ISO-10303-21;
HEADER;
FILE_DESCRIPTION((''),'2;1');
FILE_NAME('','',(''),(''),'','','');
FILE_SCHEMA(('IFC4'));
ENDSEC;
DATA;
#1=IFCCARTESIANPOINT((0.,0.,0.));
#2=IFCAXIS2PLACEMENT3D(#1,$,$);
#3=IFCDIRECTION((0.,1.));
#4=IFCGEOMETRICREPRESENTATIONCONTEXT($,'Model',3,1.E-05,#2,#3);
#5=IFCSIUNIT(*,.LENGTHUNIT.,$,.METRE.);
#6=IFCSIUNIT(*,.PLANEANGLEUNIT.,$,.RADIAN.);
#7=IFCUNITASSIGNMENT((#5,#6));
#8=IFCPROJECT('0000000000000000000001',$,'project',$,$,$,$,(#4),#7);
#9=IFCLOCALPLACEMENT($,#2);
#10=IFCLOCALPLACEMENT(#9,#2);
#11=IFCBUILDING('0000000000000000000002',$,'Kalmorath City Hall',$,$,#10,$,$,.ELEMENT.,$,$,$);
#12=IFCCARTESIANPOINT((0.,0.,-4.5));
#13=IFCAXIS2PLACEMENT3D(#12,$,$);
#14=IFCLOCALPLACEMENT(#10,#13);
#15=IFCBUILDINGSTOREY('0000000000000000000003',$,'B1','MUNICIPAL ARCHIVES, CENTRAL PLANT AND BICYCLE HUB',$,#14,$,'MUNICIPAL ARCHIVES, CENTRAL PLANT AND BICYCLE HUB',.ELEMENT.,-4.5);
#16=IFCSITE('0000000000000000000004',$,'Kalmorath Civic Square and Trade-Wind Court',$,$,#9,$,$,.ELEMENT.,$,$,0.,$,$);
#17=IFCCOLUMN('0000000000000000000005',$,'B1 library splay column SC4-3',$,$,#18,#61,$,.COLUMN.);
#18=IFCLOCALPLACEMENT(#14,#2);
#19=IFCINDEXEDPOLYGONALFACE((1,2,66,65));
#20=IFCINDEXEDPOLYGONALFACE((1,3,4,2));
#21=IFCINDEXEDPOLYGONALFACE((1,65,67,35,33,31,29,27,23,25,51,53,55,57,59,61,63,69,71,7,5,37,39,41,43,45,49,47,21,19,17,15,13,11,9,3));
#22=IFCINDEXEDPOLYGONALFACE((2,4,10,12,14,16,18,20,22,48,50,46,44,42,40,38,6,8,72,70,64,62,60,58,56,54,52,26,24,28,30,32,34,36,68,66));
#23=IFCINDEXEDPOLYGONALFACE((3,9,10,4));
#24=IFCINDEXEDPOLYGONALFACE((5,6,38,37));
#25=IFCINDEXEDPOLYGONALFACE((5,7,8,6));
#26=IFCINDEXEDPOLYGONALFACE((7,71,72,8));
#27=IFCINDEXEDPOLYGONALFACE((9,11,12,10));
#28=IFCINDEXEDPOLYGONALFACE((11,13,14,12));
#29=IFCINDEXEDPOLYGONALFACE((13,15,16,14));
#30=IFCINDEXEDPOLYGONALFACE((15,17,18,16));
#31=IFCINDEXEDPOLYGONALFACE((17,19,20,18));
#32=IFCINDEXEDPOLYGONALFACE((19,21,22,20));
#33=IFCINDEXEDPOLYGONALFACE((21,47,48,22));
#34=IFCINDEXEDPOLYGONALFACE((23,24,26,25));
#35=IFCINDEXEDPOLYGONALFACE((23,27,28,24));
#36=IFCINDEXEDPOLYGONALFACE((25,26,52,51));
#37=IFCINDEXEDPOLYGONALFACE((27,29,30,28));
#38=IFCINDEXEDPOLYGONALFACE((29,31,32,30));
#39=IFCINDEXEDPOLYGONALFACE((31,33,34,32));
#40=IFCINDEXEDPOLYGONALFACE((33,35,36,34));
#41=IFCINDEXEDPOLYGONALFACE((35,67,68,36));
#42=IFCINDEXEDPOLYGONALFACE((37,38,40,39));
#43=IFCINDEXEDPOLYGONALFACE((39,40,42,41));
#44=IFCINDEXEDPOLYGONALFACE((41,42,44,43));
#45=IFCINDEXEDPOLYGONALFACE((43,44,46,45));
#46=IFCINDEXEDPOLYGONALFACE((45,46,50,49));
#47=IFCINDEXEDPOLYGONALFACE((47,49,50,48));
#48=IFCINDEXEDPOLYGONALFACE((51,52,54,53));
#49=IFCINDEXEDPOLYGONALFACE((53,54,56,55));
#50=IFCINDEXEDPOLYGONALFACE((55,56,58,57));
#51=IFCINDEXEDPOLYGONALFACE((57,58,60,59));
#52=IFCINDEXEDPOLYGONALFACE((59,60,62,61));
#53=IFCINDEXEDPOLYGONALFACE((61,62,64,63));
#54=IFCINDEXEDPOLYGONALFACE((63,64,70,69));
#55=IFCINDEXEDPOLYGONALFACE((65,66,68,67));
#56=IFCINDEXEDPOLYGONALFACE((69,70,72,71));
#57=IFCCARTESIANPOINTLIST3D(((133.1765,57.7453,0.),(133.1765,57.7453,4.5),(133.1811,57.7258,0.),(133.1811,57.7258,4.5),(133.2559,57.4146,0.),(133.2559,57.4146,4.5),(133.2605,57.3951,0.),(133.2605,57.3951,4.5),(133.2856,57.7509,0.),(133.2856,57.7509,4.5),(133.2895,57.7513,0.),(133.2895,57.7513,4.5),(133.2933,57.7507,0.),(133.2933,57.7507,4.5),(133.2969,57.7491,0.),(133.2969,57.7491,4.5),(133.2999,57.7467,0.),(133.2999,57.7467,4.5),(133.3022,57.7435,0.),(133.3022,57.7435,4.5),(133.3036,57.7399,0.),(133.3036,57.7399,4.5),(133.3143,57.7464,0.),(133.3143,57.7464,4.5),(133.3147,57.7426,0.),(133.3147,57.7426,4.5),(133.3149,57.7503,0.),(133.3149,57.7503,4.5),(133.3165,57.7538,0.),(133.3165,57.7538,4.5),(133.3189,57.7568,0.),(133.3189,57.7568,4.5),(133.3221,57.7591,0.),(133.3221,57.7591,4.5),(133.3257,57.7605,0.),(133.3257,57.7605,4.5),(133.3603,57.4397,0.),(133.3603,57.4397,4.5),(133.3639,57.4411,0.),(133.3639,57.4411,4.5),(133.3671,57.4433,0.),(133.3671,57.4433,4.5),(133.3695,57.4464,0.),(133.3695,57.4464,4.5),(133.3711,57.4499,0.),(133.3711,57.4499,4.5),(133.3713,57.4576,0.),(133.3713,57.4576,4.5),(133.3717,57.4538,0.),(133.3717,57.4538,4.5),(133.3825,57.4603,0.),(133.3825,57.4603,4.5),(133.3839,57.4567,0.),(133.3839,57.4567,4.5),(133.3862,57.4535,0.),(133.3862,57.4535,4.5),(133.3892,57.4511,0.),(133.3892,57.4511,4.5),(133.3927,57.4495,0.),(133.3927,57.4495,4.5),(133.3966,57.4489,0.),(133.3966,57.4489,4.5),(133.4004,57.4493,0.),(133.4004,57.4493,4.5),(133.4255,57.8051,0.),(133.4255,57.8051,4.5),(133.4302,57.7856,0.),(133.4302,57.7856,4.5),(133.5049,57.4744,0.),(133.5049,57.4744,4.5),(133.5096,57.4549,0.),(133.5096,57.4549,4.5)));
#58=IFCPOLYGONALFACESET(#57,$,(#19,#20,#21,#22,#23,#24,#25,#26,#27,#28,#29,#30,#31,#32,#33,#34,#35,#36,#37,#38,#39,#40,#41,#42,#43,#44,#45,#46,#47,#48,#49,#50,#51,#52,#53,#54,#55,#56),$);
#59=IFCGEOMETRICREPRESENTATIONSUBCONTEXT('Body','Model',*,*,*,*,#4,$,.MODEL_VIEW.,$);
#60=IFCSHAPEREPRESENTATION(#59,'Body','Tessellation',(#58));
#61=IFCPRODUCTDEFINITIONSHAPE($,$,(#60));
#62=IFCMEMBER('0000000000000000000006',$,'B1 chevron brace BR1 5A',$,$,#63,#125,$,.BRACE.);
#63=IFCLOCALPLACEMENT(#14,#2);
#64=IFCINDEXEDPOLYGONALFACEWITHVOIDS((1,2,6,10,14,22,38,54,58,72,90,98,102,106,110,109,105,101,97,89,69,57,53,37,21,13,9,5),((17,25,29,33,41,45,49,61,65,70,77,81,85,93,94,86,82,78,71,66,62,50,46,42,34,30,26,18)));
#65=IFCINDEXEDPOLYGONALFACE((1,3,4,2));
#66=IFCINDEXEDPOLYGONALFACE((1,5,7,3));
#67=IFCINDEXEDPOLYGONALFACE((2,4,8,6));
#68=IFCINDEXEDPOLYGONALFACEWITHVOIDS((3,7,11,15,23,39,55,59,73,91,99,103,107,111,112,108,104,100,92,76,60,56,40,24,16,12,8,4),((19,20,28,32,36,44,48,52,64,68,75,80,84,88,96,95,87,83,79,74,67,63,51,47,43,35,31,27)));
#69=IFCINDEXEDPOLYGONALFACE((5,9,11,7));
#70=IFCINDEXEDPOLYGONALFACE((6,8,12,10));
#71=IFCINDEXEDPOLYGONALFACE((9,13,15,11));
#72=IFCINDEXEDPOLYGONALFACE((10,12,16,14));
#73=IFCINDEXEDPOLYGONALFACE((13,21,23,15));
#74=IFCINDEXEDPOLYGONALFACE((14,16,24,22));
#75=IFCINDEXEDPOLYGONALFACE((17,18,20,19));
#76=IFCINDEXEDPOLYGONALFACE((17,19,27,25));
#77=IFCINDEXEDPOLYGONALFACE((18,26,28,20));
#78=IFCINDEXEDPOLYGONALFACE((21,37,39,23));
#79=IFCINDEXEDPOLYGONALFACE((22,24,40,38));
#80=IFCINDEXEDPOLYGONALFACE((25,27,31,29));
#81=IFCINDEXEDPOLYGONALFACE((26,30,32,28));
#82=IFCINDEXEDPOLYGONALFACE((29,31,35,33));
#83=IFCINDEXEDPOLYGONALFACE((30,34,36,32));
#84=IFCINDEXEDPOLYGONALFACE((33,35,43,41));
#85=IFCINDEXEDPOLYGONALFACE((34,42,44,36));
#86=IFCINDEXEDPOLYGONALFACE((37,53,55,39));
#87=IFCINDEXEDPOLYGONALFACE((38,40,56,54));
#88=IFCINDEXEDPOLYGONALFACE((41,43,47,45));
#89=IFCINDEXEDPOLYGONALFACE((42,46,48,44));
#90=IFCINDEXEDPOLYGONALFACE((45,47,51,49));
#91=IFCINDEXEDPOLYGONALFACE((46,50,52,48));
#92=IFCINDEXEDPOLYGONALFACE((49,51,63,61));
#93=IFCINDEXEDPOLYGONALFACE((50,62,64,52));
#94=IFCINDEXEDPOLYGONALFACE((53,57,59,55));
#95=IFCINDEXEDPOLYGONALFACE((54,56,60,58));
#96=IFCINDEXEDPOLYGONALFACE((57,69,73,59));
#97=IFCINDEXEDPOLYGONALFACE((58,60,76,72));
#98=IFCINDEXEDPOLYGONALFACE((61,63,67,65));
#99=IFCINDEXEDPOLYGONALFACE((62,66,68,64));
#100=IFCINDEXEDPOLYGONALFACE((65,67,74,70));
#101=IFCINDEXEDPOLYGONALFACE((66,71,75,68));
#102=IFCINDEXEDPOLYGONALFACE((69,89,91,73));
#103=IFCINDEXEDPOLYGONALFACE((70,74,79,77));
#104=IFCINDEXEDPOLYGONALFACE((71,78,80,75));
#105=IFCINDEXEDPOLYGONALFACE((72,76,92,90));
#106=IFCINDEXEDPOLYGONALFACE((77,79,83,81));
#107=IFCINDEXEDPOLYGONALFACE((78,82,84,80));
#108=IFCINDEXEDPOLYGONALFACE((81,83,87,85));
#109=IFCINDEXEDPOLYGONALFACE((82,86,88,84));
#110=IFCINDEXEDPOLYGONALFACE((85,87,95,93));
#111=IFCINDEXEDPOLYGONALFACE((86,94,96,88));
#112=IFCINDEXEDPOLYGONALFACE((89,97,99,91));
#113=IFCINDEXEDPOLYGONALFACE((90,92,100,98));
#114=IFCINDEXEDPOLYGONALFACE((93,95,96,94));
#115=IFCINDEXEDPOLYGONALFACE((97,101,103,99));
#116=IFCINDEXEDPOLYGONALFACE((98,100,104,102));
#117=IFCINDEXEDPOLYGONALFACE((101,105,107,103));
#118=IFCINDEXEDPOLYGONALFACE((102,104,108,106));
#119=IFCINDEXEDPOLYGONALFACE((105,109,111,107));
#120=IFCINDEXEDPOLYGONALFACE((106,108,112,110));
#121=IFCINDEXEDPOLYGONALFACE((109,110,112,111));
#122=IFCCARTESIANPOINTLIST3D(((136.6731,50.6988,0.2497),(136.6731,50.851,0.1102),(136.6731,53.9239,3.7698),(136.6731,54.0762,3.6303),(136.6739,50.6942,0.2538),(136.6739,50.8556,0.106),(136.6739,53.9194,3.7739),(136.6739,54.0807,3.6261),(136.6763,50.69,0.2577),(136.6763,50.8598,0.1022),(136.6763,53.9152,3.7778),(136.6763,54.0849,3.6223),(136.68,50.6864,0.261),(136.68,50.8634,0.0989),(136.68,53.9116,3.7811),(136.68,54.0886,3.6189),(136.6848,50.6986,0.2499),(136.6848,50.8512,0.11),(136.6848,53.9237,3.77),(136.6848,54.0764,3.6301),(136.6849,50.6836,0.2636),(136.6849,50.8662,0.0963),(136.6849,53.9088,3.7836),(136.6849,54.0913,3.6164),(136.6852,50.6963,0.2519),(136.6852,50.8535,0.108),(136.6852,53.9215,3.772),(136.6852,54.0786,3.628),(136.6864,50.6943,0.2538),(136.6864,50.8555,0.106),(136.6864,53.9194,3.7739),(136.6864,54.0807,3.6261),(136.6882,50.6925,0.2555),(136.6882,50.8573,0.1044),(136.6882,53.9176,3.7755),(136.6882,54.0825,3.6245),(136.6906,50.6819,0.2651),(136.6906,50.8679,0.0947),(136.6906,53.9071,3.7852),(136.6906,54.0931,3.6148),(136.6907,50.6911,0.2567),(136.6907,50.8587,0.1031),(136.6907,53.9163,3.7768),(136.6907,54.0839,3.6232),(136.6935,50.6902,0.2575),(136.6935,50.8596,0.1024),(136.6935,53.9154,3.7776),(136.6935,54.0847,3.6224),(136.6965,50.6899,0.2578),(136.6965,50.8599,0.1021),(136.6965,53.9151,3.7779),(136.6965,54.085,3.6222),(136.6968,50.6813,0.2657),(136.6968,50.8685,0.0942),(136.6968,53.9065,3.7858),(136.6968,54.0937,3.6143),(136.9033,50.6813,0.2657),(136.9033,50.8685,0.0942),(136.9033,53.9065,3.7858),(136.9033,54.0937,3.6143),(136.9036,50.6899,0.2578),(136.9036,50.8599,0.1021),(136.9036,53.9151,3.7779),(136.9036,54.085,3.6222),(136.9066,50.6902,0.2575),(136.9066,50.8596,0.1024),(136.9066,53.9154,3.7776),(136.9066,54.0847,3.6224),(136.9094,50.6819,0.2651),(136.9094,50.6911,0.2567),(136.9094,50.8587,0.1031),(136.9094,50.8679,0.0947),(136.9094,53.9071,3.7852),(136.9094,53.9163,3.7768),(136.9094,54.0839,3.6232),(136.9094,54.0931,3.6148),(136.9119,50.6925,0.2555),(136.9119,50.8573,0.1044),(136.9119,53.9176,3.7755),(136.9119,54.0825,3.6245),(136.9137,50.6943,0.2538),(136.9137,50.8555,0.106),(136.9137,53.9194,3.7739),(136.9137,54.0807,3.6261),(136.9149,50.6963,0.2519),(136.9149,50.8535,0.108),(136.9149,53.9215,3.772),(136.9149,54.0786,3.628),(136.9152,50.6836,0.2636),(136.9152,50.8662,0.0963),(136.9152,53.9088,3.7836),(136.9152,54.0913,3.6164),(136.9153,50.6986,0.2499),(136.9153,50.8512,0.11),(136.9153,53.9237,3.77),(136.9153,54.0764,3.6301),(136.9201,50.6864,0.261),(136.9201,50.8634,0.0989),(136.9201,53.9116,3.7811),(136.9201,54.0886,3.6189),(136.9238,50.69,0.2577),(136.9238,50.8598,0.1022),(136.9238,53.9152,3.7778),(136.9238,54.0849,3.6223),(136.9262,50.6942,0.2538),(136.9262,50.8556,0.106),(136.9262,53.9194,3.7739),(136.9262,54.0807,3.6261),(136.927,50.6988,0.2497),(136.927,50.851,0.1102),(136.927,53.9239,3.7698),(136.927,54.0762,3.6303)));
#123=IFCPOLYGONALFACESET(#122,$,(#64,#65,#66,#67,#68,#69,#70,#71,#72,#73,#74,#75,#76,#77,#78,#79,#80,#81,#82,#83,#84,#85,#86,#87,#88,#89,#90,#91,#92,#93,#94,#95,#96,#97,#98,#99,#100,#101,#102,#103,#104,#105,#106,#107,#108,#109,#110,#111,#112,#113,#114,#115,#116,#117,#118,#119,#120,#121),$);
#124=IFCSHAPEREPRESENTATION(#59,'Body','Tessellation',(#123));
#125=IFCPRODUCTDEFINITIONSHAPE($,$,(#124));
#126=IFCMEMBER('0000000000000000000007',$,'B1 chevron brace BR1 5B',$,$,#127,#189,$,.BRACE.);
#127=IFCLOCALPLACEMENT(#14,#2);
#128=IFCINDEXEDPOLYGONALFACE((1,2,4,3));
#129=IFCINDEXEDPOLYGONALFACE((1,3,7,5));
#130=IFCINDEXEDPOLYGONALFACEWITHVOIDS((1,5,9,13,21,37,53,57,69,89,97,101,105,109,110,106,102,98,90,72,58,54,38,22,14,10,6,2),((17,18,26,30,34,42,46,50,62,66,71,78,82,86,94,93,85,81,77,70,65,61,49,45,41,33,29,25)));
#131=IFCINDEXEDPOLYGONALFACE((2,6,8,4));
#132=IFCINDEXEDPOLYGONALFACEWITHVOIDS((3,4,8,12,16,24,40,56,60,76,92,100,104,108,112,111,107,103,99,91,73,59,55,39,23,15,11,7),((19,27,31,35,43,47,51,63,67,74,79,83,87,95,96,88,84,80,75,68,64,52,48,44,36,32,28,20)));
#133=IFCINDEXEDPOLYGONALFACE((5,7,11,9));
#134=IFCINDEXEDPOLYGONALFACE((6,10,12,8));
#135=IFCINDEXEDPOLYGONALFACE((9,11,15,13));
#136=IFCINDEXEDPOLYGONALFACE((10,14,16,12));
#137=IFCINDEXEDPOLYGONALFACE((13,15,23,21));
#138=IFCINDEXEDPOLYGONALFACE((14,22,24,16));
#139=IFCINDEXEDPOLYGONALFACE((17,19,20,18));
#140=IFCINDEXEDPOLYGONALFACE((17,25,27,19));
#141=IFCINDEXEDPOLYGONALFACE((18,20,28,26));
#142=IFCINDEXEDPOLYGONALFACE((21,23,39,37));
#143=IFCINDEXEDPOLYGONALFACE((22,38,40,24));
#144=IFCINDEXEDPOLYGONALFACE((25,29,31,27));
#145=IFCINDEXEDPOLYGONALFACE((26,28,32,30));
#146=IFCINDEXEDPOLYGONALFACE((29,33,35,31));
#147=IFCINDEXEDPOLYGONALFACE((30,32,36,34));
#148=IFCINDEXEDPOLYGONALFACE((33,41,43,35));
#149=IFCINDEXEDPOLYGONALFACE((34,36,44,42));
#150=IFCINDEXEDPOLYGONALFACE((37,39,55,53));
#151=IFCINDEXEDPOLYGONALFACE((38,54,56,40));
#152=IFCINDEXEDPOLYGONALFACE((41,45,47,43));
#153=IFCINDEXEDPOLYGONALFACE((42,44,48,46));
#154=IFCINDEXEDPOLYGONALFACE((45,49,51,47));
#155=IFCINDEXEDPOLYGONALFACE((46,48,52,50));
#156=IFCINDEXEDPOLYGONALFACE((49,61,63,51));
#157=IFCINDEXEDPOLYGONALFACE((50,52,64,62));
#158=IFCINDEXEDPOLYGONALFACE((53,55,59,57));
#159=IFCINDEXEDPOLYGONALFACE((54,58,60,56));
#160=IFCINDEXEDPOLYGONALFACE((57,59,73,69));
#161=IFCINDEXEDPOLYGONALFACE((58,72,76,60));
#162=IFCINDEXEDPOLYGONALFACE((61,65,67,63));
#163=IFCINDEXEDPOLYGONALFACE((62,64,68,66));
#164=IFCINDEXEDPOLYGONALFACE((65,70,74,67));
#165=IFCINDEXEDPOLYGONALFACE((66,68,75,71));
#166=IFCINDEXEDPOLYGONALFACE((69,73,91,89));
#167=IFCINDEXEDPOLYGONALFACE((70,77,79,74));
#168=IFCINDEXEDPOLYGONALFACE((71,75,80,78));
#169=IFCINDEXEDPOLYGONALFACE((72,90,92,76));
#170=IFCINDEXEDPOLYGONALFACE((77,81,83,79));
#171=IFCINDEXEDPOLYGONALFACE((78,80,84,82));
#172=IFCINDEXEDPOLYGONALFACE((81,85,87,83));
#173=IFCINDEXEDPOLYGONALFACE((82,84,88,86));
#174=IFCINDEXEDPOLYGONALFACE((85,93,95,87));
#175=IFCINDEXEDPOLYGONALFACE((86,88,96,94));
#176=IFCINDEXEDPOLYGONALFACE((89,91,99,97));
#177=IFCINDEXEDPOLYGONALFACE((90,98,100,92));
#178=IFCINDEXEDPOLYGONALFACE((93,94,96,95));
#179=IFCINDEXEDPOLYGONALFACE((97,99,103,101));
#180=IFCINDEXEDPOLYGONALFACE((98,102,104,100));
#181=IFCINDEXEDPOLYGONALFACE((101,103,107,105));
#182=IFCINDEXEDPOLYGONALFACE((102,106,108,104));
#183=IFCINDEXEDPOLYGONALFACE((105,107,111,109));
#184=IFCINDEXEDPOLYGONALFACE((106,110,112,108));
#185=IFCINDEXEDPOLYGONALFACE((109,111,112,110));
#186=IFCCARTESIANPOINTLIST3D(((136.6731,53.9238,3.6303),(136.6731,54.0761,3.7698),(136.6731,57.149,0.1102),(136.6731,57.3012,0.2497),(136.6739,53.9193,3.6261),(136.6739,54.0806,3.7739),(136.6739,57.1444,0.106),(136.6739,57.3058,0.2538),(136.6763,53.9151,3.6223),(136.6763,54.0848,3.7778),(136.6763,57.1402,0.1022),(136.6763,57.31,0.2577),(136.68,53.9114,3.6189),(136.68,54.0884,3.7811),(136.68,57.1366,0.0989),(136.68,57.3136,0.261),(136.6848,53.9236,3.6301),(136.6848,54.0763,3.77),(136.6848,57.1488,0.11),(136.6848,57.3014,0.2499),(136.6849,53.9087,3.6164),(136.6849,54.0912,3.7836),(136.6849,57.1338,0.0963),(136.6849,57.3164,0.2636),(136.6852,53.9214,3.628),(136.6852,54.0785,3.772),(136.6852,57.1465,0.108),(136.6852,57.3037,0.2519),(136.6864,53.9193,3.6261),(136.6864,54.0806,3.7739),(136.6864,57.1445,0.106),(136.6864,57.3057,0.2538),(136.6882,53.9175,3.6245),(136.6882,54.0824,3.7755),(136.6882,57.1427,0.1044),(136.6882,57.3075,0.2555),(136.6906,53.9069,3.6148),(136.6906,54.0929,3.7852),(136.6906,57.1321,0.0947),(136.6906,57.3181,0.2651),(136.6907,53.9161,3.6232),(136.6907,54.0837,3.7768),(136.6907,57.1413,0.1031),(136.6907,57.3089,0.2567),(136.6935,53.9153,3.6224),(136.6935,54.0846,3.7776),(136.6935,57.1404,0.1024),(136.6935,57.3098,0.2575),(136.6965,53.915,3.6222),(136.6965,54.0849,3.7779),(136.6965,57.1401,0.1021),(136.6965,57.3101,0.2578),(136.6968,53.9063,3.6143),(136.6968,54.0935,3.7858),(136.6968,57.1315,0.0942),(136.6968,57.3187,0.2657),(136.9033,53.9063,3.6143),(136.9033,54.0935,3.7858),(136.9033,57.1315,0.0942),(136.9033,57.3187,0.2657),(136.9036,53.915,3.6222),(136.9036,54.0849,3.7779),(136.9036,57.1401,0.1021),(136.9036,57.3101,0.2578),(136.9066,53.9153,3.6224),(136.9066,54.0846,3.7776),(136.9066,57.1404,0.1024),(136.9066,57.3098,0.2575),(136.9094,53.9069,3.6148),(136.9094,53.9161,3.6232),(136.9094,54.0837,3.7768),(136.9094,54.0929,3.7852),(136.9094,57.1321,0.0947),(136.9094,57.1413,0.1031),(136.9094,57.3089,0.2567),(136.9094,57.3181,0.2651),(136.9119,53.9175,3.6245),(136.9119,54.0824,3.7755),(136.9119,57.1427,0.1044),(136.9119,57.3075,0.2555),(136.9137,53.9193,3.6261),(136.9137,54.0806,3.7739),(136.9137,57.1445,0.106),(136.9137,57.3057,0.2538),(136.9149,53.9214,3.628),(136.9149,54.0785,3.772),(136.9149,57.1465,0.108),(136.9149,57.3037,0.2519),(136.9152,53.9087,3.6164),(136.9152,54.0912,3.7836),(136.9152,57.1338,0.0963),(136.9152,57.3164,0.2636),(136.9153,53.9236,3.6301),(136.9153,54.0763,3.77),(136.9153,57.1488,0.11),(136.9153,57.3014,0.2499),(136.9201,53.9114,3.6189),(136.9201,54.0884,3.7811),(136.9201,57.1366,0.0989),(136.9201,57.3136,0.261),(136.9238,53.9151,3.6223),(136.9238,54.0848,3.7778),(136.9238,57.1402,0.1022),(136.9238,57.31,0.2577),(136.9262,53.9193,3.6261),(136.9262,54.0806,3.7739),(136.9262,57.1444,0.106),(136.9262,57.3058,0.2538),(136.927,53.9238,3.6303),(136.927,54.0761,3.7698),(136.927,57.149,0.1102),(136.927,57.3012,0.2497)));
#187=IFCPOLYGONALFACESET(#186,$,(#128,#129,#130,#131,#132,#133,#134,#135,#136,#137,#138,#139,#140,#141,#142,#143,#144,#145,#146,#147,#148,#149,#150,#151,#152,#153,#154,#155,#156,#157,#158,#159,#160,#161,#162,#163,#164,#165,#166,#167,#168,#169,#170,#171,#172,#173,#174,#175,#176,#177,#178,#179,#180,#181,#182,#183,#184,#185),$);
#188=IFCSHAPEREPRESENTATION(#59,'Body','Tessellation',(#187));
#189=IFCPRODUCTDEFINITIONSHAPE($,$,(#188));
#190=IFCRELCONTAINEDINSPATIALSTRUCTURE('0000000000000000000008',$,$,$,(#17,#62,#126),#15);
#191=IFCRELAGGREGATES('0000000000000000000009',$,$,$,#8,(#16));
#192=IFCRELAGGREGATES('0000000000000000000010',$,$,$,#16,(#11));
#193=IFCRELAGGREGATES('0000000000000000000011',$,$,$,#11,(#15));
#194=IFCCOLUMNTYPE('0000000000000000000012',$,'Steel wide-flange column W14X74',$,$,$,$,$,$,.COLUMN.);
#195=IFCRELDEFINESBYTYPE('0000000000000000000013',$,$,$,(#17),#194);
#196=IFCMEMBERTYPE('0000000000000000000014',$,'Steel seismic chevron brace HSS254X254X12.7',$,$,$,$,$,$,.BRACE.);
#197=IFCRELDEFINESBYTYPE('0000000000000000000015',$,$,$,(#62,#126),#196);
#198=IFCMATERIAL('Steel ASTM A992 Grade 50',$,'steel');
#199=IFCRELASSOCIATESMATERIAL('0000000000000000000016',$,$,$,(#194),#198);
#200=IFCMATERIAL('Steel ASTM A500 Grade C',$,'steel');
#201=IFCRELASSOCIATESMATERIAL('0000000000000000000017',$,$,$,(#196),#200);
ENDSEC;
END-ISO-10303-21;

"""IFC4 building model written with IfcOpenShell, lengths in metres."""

from ifc_helpers import new_model, si_unit, direction, frame, origin, origin_2d, place, context, subcontext, project, spatial, hollow_rectangle, i_section, extrude, material, material_profile, profile_set, type_object, element, save


model = new_model("IFC4")

# Units and contexts
model_context = context("Model", 3, precision=1e-05, world=origin(), true_north=direction((0.0, 1.0)))
body_context = subcontext(model_context, "Body", "Model", "MODEL_VIEW")
ifc_project = project(units=[si_unit("LENGTHUNIT", "METRE"), si_unit("PLANEANGLEUNIT", "RADIAN")], contexts=[model_context])

# Site, building, storey
site_placement = place(None, origin())
site = spatial("IfcSite", under=ifc_project, at=site_placement, Name="Kalmorath Civic Square and Trade-Wind Court", CompositionType="ELEMENT", RefElevation=0.0)
building_placement = place(site_placement, origin())
building = spatial("IfcBuilding", under=site, at=building_placement, Name="Kalmorath City Hall", CompositionType="ELEMENT")
storey_placement = place(building_placement, frame((0.0, 0.0, -4.5)))
storey = spatial("IfcBuildingStorey", under=building, at=storey_placement, Name="B1", Description="MUNICIPAL ARCHIVES, CENTRAL PLANT AND BICYCLE HUB", LongName="MUNICIPAL ARCHIVES, CENTRAL PLANT AND BICYCLE HUB", CompositionType="ELEMENT", Elevation=-4.5)

# Column
ifc_material_1 = material(Name="Steel ASTM A992 Grade 50", Category="steel")
ifc_material_profile_1 = material_profile(ifc_material_1, i_section(OverallWidth=0.2561, OverallDepth=0.3601, WebThickness=0.0115, FlangeThickness=0.02, FilletRadius=0.0149, at=origin_2d()), Name="W14X74")
ifc_profile_set_1 = profile_set([ifc_material_profile_1], Name="Steel ASTM A992 Grade 50")
column_type_1 = type_object("IfcColumnType", Name="Steel wide-flange column W14X74", PredefinedType="COLUMN", material=ifc_profile_set_1)
for number, where, z_axis, x_axis, name in (
    (1, (133.343, 57.6001, 0.0), (0.0, 0.0, 1.0), (0.97237, 0.233445, 0.0), "B1 library splay column SC4-3"),
):
    element("IfcColumn", number, at=place(storey_placement, frame(where, z_axis=z_axis, x_axis=x_axis)), inside=storey, type_object=column_type_1, Name=name, PredefinedType="COLUMN", context=body_context, shape_type="SweptSolid", body=[
        extrude(i_section(OverallWidth=0.2561, OverallDepth=0.3601, WebThickness=0.0115, FlangeThickness=0.02, FilletRadius=0.0149, at=origin_2d()), origin(), (0.0, 0.0, 1.0), 4.5),
    ])

# Members
ifc_material_2 = material(Name="Steel ASTM A500 Grade C", Category="steel")
ifc_material_profile_2 = material_profile(ifc_material_2, hollow_rectangle(XDim=0.2539, YDim=0.2539, WallThickness=0.0117, InnerFilletRadius=0.0117, OuterFilletRadius=0.0237, at=origin_2d()), Name="HSS254X254X12.7")
ifc_profile_set_2 = profile_set([ifc_material_profile_2], Name="Steel ASTM A500 Grade C")
member_type = type_object("IfcMemberType", Name="Steel seismic chevron brace HSS254X254X12.7", PredefinedType="BRACE", material=ifc_profile_set_2)
for number, where, z_axis, x_axis, name in (
    (2, (136.8, 50.7749, 0.1799), (0.0, 0.675544, 0.73732), (-1.0, 0.0, 0.0), "B1 chevron brace BR1 5A"),
    (3, (136.8, 57.2251, 0.1799), (0.0, -0.675544, 0.73732), (1.0, 0.0, 0.0), "B1 chevron brace BR1 5B"),
):
    element("IfcMember", number, at=place(storey_placement, frame(where, z_axis=z_axis, x_axis=x_axis)), inside=storey, type_object=member_type, Name=name, PredefinedType="BRACE", context=body_context, shape_type="SweptSolid", body=[
        extrude(hollow_rectangle(XDim=0.2539, YDim=0.2539, WallThickness=0.0117, InnerFilletRadius=0.0117, OuterFilletRadius=0.0237, at=origin_2d()), origin(), (0.0, 0.0, 1.0), 4.7742),
    ])

save(model, "model.ifc")
